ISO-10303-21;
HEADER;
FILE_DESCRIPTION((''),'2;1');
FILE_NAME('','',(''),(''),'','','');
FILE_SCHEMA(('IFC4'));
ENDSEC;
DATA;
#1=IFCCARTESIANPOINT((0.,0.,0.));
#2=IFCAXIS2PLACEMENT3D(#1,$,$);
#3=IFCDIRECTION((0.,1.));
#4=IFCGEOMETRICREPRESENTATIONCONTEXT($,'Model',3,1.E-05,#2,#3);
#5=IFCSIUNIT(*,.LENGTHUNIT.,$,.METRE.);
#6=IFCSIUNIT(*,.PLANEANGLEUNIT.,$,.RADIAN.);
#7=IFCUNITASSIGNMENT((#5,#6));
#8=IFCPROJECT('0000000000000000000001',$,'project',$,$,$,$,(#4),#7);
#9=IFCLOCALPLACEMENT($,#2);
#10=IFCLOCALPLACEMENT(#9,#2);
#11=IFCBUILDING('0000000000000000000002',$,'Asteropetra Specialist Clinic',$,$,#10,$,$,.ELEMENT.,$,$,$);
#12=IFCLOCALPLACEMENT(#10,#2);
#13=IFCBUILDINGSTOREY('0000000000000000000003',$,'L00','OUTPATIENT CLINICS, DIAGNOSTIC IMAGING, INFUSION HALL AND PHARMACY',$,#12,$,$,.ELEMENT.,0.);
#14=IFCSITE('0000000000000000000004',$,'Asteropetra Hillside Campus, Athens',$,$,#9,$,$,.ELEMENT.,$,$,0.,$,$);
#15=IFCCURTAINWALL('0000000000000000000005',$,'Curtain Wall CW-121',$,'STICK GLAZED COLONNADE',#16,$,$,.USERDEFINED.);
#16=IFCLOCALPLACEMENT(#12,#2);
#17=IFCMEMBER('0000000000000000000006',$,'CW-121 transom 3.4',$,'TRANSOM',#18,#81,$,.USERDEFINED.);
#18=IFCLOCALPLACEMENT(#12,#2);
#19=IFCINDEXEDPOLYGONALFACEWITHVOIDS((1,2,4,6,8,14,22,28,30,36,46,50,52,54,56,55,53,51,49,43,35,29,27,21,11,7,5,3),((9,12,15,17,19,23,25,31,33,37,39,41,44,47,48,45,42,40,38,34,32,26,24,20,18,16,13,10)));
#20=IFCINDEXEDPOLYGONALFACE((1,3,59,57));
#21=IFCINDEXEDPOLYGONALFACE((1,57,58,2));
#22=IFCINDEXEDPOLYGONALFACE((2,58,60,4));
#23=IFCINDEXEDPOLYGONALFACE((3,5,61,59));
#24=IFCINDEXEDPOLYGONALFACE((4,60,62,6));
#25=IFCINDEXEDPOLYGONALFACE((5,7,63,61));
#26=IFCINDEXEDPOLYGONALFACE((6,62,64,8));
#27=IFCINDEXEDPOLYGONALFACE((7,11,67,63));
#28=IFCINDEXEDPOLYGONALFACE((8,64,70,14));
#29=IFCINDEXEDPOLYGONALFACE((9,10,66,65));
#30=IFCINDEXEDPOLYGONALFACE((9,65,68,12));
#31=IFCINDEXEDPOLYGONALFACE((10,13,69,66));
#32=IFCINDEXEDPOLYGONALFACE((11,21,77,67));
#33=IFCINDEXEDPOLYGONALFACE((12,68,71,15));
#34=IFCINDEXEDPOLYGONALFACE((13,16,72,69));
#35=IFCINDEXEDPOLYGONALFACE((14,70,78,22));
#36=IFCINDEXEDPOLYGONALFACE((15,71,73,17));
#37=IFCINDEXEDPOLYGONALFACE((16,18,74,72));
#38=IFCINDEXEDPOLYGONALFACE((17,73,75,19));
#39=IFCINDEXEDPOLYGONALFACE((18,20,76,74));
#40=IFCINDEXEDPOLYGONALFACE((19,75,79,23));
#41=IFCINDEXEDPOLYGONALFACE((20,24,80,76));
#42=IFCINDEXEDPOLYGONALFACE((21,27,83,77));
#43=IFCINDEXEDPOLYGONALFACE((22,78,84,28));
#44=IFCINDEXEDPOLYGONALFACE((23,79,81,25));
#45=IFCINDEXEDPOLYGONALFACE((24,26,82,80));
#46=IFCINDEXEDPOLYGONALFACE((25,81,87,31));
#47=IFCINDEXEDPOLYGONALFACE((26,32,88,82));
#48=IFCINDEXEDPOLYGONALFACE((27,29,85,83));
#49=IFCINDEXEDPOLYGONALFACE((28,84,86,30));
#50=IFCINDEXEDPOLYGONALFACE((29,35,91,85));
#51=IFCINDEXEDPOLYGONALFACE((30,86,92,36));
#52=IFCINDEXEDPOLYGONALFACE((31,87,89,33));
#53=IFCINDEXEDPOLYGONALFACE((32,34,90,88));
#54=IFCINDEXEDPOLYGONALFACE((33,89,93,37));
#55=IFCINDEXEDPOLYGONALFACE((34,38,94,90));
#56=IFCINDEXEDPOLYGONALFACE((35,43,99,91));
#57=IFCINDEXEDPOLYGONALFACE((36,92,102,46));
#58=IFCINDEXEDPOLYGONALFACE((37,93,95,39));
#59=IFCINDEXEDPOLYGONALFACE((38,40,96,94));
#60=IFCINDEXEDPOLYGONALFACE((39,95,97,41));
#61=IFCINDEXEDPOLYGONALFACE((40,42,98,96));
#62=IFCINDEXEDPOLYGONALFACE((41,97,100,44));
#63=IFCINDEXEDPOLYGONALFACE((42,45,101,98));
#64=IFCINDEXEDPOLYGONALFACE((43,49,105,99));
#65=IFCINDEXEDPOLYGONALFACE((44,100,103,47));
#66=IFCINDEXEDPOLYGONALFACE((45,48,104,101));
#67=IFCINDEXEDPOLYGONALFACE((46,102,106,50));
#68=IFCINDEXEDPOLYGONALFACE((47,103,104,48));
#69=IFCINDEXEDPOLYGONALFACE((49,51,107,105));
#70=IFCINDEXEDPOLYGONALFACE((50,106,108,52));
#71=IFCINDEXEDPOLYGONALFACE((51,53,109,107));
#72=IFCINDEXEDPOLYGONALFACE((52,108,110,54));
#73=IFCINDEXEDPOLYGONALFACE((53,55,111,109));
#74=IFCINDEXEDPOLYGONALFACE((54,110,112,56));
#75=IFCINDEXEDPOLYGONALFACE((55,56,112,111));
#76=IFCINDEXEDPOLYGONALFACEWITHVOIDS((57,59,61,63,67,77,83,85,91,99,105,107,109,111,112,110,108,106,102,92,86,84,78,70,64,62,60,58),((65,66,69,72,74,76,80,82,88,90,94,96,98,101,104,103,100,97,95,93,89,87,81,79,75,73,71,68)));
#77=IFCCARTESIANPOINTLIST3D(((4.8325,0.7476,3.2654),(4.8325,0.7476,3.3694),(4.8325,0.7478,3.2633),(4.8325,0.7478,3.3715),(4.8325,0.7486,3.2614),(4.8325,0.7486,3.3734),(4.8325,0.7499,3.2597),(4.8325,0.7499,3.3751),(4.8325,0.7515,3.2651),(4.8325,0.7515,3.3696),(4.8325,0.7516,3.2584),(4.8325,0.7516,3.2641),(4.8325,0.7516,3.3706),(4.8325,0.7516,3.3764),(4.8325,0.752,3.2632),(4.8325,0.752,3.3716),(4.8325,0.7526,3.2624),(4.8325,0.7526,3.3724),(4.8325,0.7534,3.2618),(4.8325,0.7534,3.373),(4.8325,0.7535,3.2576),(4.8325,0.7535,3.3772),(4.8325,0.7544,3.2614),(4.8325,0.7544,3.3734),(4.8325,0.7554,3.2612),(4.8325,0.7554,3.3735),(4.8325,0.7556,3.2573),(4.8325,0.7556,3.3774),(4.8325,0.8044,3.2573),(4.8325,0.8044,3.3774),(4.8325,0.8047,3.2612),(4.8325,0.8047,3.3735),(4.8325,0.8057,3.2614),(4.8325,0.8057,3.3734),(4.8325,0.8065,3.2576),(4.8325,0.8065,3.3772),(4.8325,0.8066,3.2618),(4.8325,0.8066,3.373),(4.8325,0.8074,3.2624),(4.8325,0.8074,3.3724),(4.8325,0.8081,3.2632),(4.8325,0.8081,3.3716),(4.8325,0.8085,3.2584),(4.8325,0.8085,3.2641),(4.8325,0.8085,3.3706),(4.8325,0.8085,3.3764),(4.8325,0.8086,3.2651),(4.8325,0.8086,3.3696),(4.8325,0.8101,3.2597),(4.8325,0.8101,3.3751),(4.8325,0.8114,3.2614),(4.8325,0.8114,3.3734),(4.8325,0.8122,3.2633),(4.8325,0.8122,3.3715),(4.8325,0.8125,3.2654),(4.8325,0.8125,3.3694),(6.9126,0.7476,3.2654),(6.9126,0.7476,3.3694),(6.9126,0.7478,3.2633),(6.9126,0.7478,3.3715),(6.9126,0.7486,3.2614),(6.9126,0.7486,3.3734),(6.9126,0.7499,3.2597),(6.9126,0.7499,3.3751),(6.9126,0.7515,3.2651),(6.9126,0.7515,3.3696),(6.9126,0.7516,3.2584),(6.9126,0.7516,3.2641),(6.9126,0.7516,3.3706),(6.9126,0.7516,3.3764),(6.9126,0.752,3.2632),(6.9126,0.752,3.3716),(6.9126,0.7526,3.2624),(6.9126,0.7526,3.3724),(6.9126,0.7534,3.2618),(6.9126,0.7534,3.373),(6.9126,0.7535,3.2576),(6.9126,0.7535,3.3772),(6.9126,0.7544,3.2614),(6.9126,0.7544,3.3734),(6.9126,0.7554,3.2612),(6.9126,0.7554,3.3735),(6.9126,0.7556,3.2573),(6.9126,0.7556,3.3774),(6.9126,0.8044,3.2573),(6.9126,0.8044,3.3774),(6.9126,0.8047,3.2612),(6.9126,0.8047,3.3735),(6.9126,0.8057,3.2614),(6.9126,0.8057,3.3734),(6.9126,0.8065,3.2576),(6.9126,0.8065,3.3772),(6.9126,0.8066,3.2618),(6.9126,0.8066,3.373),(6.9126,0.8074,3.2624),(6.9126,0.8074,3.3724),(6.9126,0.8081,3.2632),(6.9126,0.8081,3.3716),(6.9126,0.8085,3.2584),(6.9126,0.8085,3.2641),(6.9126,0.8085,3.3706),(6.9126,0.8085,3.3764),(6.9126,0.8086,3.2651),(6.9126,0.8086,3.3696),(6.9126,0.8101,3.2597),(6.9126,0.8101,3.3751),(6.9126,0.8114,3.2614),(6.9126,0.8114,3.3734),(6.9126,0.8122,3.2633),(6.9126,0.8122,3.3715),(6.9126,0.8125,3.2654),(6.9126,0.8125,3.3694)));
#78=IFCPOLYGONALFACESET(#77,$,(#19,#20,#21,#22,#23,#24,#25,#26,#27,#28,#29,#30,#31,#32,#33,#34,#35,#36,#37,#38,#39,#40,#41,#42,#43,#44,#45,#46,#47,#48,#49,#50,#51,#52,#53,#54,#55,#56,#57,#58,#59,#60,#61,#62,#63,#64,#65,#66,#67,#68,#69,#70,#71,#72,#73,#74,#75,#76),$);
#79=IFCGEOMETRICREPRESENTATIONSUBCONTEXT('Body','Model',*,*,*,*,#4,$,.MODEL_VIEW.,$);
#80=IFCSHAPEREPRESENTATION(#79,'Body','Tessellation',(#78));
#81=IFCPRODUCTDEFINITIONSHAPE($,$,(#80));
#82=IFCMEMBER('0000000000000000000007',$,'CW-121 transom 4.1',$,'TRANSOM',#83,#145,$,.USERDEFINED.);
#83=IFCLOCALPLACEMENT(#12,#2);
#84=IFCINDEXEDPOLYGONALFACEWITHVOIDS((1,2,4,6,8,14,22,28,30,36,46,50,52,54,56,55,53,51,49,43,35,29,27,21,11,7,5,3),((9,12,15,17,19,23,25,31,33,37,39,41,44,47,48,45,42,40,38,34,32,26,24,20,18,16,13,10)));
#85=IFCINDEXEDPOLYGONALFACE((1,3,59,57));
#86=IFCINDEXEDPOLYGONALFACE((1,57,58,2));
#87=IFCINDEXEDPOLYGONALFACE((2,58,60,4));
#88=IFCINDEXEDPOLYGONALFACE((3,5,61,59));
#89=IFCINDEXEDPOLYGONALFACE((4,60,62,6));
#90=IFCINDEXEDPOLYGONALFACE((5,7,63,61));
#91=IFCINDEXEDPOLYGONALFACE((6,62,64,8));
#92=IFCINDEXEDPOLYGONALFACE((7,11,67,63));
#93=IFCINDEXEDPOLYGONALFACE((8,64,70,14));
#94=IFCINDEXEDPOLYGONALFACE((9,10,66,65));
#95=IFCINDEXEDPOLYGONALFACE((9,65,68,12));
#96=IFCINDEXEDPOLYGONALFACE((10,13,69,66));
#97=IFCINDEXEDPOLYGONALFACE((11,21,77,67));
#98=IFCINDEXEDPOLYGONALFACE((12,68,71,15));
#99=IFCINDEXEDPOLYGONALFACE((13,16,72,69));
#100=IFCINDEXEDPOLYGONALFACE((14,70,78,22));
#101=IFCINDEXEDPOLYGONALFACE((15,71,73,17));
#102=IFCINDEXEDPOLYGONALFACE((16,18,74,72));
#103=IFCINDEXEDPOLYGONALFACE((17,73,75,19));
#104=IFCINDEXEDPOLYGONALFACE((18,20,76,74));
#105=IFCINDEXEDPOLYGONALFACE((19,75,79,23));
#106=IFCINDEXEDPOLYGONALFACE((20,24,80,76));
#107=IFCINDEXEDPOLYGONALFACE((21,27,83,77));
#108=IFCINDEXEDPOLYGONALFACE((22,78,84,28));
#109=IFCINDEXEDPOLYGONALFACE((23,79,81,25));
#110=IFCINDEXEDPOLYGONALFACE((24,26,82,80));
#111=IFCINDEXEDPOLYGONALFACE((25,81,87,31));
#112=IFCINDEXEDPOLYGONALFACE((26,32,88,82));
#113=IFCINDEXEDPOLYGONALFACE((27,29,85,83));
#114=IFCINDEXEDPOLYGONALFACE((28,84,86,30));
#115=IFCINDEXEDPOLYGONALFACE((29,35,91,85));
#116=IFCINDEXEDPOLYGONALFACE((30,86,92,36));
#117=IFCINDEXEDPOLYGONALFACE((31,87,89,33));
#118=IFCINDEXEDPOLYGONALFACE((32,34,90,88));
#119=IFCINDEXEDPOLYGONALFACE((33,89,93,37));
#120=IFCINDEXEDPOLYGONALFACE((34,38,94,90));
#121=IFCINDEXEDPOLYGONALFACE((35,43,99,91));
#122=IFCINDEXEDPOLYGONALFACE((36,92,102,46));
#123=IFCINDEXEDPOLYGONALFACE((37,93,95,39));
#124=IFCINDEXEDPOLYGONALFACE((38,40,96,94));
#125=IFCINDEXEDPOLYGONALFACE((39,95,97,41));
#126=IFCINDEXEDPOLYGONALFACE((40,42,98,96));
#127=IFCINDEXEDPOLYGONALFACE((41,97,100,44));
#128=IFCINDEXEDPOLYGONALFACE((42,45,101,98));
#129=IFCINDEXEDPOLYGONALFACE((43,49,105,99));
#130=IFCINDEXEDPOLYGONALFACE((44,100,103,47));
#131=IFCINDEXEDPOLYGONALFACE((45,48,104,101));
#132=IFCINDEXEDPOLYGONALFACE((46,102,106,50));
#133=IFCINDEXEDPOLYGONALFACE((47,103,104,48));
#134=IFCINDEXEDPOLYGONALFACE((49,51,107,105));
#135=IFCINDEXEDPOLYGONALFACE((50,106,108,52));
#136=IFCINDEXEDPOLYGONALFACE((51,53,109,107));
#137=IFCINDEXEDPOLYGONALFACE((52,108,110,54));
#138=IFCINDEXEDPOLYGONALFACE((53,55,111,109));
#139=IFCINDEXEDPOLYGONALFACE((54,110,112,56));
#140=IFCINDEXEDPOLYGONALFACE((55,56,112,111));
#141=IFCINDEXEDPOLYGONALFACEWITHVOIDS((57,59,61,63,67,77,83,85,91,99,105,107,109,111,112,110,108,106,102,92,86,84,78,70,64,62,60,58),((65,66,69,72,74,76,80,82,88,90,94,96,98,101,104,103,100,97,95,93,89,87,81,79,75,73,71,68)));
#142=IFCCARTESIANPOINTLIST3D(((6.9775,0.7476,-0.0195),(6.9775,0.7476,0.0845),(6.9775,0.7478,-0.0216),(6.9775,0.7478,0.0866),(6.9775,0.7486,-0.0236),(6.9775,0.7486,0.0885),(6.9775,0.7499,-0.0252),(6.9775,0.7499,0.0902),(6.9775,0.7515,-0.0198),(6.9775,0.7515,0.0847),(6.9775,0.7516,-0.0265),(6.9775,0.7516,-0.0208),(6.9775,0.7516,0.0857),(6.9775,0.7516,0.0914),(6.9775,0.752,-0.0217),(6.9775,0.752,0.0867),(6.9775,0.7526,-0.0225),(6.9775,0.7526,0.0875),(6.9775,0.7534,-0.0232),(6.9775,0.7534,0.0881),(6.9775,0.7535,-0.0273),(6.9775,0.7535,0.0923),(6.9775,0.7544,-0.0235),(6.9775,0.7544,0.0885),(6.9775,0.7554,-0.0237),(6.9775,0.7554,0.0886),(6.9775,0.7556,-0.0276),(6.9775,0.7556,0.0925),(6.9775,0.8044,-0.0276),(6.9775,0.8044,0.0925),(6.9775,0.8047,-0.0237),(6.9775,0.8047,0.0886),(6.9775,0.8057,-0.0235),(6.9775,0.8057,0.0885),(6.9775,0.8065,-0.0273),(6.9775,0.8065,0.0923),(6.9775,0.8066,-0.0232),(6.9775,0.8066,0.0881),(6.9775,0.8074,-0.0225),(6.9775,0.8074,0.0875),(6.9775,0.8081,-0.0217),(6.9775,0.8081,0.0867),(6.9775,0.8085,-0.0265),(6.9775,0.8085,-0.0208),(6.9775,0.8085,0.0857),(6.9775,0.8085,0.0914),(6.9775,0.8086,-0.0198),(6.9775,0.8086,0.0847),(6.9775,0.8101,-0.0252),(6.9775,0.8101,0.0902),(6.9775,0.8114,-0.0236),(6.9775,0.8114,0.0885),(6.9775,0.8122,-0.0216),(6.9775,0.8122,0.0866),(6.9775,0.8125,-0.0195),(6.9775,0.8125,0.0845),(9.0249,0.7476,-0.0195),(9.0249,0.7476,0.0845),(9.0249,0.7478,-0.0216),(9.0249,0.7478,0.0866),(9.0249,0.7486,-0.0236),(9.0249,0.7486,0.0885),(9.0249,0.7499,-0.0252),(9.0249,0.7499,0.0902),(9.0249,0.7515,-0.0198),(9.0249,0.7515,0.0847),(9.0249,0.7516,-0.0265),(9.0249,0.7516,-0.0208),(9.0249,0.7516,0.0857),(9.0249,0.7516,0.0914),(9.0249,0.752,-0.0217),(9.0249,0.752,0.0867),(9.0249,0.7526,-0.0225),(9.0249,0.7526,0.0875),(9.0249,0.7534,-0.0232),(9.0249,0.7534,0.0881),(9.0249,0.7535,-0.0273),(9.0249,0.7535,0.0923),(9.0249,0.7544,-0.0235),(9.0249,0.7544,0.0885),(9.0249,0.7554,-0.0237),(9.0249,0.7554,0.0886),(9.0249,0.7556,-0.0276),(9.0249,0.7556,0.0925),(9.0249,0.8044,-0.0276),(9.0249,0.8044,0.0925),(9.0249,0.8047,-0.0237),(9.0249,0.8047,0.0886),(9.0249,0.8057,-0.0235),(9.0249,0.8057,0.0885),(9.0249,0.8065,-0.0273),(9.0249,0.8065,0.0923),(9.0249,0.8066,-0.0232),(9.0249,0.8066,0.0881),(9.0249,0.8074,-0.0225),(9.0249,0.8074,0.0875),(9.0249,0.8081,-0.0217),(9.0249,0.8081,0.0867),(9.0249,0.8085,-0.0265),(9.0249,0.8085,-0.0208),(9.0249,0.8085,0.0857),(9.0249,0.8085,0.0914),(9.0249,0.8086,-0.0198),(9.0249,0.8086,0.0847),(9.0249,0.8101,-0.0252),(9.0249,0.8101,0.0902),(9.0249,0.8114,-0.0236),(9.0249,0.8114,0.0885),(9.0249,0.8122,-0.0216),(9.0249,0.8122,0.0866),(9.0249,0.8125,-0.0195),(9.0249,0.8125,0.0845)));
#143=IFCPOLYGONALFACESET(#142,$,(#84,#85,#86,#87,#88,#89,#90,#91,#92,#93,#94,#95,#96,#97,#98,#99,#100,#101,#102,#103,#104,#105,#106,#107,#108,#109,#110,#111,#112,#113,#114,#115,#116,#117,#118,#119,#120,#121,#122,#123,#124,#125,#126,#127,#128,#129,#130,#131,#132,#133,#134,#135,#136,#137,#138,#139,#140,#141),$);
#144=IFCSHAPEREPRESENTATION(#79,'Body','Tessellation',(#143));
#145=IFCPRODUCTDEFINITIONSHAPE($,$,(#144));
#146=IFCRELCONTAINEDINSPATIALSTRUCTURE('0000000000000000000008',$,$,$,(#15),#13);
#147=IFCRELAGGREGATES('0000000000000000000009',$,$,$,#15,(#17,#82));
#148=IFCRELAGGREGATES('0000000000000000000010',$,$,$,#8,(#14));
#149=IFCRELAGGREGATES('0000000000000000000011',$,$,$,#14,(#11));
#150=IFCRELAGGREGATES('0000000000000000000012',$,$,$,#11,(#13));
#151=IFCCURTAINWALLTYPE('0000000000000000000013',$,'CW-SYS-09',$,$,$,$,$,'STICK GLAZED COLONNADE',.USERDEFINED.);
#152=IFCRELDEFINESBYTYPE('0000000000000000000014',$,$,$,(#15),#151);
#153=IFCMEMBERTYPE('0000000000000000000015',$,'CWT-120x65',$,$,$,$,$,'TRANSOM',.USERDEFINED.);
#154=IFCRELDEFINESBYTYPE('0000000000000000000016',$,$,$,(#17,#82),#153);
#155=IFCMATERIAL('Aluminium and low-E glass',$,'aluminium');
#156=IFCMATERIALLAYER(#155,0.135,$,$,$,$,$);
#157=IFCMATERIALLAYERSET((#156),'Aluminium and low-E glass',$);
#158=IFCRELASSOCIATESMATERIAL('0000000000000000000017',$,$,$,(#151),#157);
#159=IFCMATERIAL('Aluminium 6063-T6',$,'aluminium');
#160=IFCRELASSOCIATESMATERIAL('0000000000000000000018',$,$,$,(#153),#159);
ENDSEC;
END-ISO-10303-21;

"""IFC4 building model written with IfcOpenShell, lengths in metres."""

from ifc_helpers import new_model, si_unit, direction, frame, origin, origin_2d, place, context, subcontext, project, spatial, hollow_rectangle, extrude, material, layer, layer_set, material_profile, profile_set, type_object, element, aggregate, save


model = new_model("IFC4")

# Units and contexts
model_context = context("Model", 3, precision=1e-05, world=origin(), true_north=direction((0.0, 1.0)))
body_context = subcontext(model_context, "Body", "Model", "MODEL_VIEW")
ifc_project = project(units=[si_unit("LENGTHUNIT", "METRE"), si_unit("PLANEANGLEUNIT", "RADIAN")], contexts=[model_context])

# Site, building, storey
site_placement = place(None, origin())
site = spatial("IfcSite", under=ifc_project, at=site_placement, Name="Asteropetra Hillside Campus, Athens", CompositionType="ELEMENT", RefElevation=0.0)
building_placement = place(site_placement, origin())
building = spatial("IfcBuilding", under=site, at=building_placement, Name="Asteropetra Specialist Clinic", CompositionType="ELEMENT")
storey_placement = place(building_placement, origin())
storey = spatial("IfcBuildingStorey", under=building, at=storey_placement, Name="L00", Description="OUTPATIENT CLINICS, DIAGNOSTIC IMAGING, INFUSION HALL AND PHARMACY", CompositionType="ELEMENT", Elevation=0.0)

# Curtain wall
ifc_material_1 = material(Name="Aluminium and low-E glass", Category="aluminium")
ifc_layer_1 = layer(ifc_material_1, 0.135)
ifc_layer_set_1 = layer_set([ifc_layer_1], Name="Aluminium and low-E glass")
curtain_wall_type_1 = type_object("IfcCurtainWallType", Name="CW-SYS-09", ElementType="STICK GLAZED COLONNADE", PredefinedType="USERDEFINED", material=ifc_layer_set_1)
curtain_wall_1_placement = place(storey_placement, origin())
curtain_wall_1 = element("IfcCurtainWall", 1, at=curtain_wall_1_placement, inside=storey, type_object=curtain_wall_type_1, Name="Curtain Wall CW-121", ObjectType="STICK GLAZED COLONNADE", PredefinedType="USERDEFINED")

# Members
ifc_material_2 = material(Name="Aluminium 6063-T6", Category="aluminium")
ifc_material_profile_1 = material_profile(ifc_material_2, hollow_rectangle(XDim=0.0649, YDim=0.1201, WallThickness=0.0039, InnerFilletRadius=0.0039, OuterFilletRadius=0.0081, at=origin_2d()), Name="TRN 120x65x4.0")
ifc_profile_set_1 = profile_set([ifc_material_profile_1], Name="Aluminium 6063-T6")
member_type_1 = type_object("IfcMemberType", Name="CWT-120x65", ElementType="TRANSOM", PredefinedType="USERDEFINED", material=ifc_profile_set_1)
member_1_placement = place(storey_placement, frame((4.8325, 0.78, 3.3174), z_axis=(1.0, 0.0, 0.0), x_axis=(0.0, 1.0, 0.0)))
member_1 = element("IfcMember", 2, at=member_1_placement, type_object=member_type_1, Name="CW-121 transom 3.4", ObjectType="TRANSOM", PredefinedType="USERDEFINED", context=body_context, shape_type="SweptSolid", body=[
    extrude(hollow_rectangle(XDim=0.0649, YDim=0.1201, WallThickness=0.0039, InnerFilletRadius=0.0039, OuterFilletRadius=0.0081, at=origin_2d()), origin(), (0.0, 0.0, 1.0), 2.0801),
])
member_2_placement = place(storey_placement, frame((6.9775, 0.78, 0.0325), z_axis=(1.0, 0.0, 0.0), x_axis=(0.0, 1.0, 0.0)))
member_2 = element("IfcMember", 3, at=member_2_placement, type_object=member_type_1, Name="CW-121 transom 4.1", ObjectType="TRANSOM", PredefinedType="USERDEFINED", context=body_context, shape_type="SweptSolid", body=[
    extrude(hollow_rectangle(XDim=0.0649, YDim=0.1201, WallThickness=0.0039, InnerFilletRadius=0.0039, OuterFilletRadius=0.0081, at=origin_2d()), origin(), (0.0, 0.0, 1.0), 2.0474),
])

aggregate(curtain_wall_1, [member_1, member_2])

save(model, "model.ifc")
